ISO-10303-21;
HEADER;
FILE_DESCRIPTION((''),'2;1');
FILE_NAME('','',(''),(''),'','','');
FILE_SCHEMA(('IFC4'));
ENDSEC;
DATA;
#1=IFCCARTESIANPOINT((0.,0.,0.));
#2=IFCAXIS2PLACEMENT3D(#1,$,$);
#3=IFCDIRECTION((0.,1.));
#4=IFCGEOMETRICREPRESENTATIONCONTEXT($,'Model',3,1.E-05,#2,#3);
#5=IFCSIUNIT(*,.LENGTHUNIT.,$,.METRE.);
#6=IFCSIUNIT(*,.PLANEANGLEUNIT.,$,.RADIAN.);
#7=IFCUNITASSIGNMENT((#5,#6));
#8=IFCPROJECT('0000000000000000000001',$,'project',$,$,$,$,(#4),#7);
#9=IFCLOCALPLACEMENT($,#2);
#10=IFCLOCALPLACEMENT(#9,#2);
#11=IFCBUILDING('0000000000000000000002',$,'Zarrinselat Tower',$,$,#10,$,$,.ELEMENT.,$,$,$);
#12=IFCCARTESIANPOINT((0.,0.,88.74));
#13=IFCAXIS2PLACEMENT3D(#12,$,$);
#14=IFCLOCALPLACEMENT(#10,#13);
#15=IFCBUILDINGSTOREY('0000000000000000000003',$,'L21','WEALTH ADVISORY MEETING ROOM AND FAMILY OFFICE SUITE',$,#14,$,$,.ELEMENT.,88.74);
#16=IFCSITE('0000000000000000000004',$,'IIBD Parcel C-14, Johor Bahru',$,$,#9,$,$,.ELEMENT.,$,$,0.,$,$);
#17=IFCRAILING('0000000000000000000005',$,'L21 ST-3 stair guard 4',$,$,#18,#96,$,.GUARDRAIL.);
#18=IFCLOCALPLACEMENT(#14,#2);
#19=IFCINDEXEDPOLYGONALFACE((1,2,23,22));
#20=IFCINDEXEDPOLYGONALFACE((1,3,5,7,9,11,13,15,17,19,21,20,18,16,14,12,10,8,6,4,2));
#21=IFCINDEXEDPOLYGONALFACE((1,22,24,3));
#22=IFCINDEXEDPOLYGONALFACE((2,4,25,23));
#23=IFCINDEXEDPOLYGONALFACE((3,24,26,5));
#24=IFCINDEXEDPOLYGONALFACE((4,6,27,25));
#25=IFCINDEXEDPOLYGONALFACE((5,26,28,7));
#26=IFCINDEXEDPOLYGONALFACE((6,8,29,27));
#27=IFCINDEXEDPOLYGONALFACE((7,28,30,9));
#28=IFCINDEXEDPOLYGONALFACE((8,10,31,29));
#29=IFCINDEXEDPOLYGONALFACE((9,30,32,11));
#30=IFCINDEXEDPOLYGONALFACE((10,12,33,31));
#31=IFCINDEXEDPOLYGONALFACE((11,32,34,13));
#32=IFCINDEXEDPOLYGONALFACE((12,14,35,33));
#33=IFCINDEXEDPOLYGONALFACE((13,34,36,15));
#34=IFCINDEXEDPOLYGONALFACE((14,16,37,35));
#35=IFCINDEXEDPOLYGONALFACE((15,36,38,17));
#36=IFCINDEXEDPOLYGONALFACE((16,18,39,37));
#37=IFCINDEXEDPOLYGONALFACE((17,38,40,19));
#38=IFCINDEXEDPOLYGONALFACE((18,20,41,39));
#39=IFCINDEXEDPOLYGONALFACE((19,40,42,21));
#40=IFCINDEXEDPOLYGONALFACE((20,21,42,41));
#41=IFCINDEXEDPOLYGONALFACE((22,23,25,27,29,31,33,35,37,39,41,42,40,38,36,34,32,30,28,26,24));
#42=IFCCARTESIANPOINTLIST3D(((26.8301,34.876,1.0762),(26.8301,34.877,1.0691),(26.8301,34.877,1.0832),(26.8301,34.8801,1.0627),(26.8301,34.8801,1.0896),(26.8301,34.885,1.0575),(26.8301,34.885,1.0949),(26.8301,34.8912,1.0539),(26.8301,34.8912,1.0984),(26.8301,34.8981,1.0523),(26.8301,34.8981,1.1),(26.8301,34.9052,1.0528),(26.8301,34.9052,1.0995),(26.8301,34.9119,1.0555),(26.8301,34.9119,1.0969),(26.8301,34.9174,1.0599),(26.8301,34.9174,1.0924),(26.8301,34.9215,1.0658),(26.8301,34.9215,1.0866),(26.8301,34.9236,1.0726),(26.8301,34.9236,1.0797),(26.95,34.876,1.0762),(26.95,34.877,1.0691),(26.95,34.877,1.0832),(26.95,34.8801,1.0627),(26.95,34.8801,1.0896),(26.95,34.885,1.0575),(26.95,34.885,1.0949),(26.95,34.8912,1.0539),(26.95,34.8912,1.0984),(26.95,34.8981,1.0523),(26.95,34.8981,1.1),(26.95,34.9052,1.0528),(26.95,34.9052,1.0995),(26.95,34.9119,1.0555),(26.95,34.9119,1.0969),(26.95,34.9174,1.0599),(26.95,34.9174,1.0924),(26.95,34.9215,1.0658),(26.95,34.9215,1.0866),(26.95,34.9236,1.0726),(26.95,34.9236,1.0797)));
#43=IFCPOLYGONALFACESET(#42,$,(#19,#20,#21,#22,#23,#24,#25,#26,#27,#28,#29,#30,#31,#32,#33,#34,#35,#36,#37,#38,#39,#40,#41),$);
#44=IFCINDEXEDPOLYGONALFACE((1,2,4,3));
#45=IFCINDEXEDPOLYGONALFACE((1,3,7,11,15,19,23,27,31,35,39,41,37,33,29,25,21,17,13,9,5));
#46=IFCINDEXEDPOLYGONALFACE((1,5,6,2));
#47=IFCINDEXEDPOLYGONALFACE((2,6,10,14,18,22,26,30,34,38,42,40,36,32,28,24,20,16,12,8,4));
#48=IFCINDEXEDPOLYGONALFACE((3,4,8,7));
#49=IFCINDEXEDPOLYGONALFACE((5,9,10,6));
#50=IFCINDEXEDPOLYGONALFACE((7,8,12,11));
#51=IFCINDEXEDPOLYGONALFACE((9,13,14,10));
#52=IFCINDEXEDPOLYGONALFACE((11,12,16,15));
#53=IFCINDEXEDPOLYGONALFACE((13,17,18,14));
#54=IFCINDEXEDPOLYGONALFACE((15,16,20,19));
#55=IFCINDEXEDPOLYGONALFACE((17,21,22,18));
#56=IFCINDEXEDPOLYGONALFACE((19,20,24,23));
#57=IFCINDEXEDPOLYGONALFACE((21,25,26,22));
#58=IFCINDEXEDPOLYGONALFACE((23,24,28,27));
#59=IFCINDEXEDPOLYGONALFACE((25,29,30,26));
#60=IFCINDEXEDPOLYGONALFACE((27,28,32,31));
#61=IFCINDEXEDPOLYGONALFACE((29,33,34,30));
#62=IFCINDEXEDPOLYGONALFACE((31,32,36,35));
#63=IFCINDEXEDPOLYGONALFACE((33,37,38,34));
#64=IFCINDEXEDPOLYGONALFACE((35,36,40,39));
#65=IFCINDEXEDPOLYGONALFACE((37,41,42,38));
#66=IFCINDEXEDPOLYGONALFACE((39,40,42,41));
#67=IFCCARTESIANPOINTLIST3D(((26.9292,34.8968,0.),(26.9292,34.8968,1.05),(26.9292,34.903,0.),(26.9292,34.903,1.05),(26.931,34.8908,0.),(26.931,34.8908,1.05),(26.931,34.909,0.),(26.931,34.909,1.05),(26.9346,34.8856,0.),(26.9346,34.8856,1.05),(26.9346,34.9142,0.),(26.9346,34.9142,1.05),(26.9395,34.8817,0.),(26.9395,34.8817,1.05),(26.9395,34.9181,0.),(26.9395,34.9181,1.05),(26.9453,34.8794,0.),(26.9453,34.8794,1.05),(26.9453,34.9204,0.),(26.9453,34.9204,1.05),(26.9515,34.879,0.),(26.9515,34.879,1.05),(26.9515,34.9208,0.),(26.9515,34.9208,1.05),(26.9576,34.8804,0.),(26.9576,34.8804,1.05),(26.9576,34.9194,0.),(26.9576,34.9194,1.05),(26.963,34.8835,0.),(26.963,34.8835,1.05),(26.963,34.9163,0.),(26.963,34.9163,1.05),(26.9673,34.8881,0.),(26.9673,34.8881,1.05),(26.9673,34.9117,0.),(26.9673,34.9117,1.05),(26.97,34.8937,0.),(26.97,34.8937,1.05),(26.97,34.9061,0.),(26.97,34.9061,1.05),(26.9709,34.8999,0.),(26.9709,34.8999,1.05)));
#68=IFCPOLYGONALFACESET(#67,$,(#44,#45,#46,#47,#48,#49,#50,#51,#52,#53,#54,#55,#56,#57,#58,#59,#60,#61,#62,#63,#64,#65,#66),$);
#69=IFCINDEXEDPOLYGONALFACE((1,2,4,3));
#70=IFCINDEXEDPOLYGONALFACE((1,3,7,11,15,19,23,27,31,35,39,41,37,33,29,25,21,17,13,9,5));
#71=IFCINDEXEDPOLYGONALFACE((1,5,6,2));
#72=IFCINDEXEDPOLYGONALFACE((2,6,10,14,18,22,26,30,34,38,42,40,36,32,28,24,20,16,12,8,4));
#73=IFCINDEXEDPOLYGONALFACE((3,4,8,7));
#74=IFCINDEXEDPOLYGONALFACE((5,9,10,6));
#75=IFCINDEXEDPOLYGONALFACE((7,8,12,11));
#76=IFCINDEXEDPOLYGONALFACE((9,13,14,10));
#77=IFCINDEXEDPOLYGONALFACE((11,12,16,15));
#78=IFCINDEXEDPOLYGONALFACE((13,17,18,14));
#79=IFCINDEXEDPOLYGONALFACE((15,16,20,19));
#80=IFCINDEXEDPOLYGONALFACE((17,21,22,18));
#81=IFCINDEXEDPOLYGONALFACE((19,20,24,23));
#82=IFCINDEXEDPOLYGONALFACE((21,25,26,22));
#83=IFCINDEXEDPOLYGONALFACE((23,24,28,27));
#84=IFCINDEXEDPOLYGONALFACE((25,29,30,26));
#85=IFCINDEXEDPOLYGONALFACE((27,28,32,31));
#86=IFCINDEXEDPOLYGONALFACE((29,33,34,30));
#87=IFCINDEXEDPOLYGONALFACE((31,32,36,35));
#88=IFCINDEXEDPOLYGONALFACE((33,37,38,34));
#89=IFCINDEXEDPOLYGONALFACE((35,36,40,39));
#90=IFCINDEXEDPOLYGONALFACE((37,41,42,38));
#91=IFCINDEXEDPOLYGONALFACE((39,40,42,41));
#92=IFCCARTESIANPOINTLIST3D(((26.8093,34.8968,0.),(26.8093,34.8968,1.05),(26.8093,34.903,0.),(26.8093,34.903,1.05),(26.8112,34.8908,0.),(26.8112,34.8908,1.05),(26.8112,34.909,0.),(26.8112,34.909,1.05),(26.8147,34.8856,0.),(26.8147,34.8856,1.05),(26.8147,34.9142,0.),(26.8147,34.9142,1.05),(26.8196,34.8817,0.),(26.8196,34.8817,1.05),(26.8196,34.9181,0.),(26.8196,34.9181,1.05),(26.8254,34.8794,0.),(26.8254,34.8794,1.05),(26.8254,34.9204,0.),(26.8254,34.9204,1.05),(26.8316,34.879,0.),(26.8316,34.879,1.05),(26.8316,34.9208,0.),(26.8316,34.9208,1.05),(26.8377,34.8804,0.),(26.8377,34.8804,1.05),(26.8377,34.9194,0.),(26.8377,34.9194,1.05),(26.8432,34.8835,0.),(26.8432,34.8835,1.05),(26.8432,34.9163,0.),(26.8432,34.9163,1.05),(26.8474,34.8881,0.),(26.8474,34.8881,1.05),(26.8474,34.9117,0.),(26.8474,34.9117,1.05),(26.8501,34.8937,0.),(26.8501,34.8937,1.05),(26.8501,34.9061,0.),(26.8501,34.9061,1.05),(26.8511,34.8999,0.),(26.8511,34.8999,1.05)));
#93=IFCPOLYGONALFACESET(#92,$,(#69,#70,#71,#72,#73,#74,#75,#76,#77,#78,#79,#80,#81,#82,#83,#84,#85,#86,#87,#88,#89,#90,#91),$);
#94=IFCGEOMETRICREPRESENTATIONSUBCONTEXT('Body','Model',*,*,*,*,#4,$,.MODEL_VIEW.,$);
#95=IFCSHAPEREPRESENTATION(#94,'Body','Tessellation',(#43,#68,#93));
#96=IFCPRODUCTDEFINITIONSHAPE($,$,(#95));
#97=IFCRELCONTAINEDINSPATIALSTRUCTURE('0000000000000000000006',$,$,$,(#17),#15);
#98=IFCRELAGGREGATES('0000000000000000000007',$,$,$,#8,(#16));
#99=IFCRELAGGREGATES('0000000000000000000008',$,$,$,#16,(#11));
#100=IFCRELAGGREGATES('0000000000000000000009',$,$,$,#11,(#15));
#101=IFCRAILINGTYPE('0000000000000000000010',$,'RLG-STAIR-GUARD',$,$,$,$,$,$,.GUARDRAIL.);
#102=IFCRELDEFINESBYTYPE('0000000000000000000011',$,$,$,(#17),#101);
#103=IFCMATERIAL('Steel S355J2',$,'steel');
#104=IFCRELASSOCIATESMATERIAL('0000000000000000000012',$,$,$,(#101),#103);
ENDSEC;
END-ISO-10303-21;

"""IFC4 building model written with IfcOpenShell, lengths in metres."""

from ifc_helpers import new_model, si_unit, direction, frame, origin, origin_2d, place, context, subcontext, project, spatial, circle, extrude, material, type_object, element, save


model = new_model("IFC4")

# Units and contexts
model_context = context("Model", 3, precision=1e-05, world=origin(), true_north=direction((0.0, 1.0)))
body_context = subcontext(model_context, "Body", "Model", "MODEL_VIEW")
ifc_project = project(units=[si_unit("LENGTHUNIT", "METRE"), si_unit("PLANEANGLEUNIT", "RADIAN")], contexts=[model_context])

# Site, building, storey
site_placement = place(None, origin())
site = spatial("IfcSite", under=ifc_project, at=site_placement, Name="IIBD Parcel C-14, Johor Bahru", CompositionType="ELEMENT", RefElevation=0.0)
building_placement = place(site_placement, origin())
building = spatial("IfcBuilding", under=site, at=building_placement, Name="Zarrinselat Tower", CompositionType="ELEMENT")
storey_placement = place(building_placement, frame((0.0, 0.0, 88.74)))
storey = spatial("IfcBuildingStorey", under=building, at=storey_placement, Name="L21", Description="WEALTH ADVISORY MEETING ROOM AND FAMILY OFFICE SUITE", CompositionType="ELEMENT", Elevation=88.74)

# Railing
ifc_material_1 = material(Name="Steel S355J2", Category="steel")
railing_type_1 = type_object("IfcRailingType", Name="RLG-STAIR-GUARD", PredefinedType="GUARDRAIL", material=ifc_material_1)
railing_1_placement = place(storey_placement, frame((26.95, 34.8999, 0.0)))
element("IfcRailing", 1, at=railing_1_placement, inside=storey, type_object=railing_type_1, Name="L21 ST-3 stair guard 4", PredefinedType="GUARDRAIL", context=body_context, shape_type="SweptSolid", body=[
    extrude(circle(Radius=0.0239, at=origin_2d()), frame((0.0, 0.0, 1.0762), z_axis=(-1.0, 0.0, 0.0), x_axis=(0.0, -1.0, 0.0)), (0.0, 0.0, 1.0), 0.1199),
    extrude(circle(Radius=0.021, at=origin_2d()), origin(), (0.0, 0.0, 1.0), 1.05),
    extrude(circle(Radius=0.021, at=origin_2d()), frame((-0.1199, 0.0, 0.0)), (0.0, 0.0, 1.0), 1.05),
])

save(model, "model.ifc")
